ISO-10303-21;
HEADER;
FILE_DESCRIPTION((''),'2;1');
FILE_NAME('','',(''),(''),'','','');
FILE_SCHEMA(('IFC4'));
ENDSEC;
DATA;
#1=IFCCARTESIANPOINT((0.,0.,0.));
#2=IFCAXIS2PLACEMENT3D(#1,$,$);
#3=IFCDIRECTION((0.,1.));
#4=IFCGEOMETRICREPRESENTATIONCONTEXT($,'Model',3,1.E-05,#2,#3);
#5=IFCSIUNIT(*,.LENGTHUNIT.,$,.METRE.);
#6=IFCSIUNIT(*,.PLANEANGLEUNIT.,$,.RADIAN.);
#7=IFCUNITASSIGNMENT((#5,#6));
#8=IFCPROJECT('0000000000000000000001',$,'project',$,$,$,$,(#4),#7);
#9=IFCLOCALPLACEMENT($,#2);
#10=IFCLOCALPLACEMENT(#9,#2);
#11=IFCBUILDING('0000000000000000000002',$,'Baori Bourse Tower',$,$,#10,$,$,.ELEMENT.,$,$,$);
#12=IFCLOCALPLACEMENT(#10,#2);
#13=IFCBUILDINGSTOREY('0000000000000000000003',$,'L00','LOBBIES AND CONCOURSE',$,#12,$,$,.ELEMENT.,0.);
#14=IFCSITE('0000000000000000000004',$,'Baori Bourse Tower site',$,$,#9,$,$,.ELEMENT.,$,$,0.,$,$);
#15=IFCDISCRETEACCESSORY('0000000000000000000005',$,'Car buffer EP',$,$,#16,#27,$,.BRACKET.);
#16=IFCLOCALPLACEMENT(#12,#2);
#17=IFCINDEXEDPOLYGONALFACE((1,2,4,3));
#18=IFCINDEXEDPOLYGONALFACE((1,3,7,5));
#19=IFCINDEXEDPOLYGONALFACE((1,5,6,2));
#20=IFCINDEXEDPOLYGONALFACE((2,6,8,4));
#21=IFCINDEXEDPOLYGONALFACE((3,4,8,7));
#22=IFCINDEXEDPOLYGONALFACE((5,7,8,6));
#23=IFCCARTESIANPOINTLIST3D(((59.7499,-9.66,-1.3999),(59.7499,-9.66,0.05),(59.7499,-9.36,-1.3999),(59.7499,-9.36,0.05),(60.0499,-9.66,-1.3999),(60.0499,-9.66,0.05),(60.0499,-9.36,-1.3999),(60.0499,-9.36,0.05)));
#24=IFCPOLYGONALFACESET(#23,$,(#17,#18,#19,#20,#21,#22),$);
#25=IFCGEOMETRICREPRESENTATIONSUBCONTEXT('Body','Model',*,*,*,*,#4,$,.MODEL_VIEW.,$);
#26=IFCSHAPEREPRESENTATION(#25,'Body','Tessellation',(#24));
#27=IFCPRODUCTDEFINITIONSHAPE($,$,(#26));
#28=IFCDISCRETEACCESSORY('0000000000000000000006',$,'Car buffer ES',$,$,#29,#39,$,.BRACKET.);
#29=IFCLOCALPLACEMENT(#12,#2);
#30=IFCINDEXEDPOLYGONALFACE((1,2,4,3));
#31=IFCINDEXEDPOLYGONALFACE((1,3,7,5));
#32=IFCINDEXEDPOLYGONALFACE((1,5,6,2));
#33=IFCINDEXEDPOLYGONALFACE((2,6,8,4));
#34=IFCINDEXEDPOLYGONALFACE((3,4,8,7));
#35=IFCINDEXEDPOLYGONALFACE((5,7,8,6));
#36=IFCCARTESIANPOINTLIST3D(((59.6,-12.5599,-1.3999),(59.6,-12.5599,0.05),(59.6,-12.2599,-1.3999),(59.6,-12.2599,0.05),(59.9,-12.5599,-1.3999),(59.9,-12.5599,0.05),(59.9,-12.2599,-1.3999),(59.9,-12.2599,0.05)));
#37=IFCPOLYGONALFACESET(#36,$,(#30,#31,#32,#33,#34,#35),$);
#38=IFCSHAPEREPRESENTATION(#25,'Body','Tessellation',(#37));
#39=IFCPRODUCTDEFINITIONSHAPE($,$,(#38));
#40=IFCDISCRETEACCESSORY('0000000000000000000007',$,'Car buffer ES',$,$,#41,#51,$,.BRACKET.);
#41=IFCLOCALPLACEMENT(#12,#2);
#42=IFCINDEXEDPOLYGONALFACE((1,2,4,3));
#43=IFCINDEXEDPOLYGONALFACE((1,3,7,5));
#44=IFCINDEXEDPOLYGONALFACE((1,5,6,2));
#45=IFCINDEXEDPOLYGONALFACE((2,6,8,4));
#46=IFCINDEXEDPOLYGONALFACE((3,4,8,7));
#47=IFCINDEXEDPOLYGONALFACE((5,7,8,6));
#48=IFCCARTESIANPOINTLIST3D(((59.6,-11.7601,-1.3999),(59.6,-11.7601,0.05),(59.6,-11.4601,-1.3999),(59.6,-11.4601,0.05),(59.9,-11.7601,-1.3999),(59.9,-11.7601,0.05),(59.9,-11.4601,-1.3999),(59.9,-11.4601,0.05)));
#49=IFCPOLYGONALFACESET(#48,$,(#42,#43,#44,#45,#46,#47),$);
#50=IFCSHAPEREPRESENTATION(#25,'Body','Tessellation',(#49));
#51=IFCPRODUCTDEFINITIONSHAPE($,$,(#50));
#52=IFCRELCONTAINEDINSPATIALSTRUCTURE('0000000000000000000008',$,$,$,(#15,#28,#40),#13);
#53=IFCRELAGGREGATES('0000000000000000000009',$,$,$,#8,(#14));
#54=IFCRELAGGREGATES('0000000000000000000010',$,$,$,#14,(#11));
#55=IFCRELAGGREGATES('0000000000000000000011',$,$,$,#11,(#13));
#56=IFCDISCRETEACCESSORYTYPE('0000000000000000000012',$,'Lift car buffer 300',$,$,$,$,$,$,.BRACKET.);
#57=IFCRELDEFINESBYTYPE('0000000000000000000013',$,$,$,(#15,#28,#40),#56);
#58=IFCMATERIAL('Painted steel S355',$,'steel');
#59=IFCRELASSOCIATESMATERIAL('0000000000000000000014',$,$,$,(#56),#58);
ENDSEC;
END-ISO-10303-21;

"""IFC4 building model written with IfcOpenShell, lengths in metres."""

from ifc_helpers import new_model, si_unit, direction, frame, origin, origin_2d, place, context, subcontext, project, spatial, rectangle, extrude, material, type_object, element, save


model = new_model("IFC4")

# Units and contexts
model_context = context("Model", 3, precision=1e-05, world=origin(), true_north=direction((0.0, 1.0)))
body_context = subcontext(model_context, "Body", "Model", "MODEL_VIEW")
ifc_project = project(units=[si_unit("LENGTHUNIT", "METRE"), si_unit("PLANEANGLEUNIT", "RADIAN")], contexts=[model_context])

# Site, building, storey
site_placement = place(None, origin())
site = spatial("IfcSite", under=ifc_project, at=site_placement, Name="Baori Bourse Tower site", CompositionType="ELEMENT", RefElevation=0.0)
building_placement = place(site_placement, origin())
building = spatial("IfcBuilding", under=site, at=building_placement, Name="Baori Bourse Tower", CompositionType="ELEMENT")
storey_placement = place(building_placement, origin())
storey = spatial("IfcBuildingStorey", under=building, at=storey_placement, Name="L00", Description="LOBBIES AND CONCOURSE", CompositionType="ELEMENT", Elevation=0.0)

# Discrete accessories
ifc_material_1 = material(Name="Painted steel S355", Category="steel")
discrete_accessory_type = type_object("IfcDiscreteAccessoryType", Name="Lift car buffer 300", PredefinedType="BRACKET", material=ifc_material_1)
for number, where, z_axis, x_axis, name in (
    (1, (59.8999, -9.51, -1.3999), (0.0, 0.0, 1.0), (1.0, 0.0, 0.0), "Car buffer EP"),
    (2, (59.75, -12.4099, -1.3999), (0.0, 0.0, 1.0), (1.0, 0.0, 0.0), "Car buffer ES"),
    (3, (59.75, -11.6101, -1.3999), (0.0, 0.0, 1.0), (1.0, 0.0, 0.0), "Car buffer ES"),
):
    element("IfcDiscreteAccessory", number, at=place(storey_placement, frame(where, z_axis=z_axis, x_axis=x_axis)), inside=storey, type_object=discrete_accessory_type, Name=name, PredefinedType="BRACKET", context=body_context, shape_type="SweptSolid", body=[
        extrude(rectangle(XDim=0.3, YDim=0.3, at=origin_2d()), origin(), (0.0, 0.0, 1.0), 1.45),
    ])

save(model, "model.ifc")
